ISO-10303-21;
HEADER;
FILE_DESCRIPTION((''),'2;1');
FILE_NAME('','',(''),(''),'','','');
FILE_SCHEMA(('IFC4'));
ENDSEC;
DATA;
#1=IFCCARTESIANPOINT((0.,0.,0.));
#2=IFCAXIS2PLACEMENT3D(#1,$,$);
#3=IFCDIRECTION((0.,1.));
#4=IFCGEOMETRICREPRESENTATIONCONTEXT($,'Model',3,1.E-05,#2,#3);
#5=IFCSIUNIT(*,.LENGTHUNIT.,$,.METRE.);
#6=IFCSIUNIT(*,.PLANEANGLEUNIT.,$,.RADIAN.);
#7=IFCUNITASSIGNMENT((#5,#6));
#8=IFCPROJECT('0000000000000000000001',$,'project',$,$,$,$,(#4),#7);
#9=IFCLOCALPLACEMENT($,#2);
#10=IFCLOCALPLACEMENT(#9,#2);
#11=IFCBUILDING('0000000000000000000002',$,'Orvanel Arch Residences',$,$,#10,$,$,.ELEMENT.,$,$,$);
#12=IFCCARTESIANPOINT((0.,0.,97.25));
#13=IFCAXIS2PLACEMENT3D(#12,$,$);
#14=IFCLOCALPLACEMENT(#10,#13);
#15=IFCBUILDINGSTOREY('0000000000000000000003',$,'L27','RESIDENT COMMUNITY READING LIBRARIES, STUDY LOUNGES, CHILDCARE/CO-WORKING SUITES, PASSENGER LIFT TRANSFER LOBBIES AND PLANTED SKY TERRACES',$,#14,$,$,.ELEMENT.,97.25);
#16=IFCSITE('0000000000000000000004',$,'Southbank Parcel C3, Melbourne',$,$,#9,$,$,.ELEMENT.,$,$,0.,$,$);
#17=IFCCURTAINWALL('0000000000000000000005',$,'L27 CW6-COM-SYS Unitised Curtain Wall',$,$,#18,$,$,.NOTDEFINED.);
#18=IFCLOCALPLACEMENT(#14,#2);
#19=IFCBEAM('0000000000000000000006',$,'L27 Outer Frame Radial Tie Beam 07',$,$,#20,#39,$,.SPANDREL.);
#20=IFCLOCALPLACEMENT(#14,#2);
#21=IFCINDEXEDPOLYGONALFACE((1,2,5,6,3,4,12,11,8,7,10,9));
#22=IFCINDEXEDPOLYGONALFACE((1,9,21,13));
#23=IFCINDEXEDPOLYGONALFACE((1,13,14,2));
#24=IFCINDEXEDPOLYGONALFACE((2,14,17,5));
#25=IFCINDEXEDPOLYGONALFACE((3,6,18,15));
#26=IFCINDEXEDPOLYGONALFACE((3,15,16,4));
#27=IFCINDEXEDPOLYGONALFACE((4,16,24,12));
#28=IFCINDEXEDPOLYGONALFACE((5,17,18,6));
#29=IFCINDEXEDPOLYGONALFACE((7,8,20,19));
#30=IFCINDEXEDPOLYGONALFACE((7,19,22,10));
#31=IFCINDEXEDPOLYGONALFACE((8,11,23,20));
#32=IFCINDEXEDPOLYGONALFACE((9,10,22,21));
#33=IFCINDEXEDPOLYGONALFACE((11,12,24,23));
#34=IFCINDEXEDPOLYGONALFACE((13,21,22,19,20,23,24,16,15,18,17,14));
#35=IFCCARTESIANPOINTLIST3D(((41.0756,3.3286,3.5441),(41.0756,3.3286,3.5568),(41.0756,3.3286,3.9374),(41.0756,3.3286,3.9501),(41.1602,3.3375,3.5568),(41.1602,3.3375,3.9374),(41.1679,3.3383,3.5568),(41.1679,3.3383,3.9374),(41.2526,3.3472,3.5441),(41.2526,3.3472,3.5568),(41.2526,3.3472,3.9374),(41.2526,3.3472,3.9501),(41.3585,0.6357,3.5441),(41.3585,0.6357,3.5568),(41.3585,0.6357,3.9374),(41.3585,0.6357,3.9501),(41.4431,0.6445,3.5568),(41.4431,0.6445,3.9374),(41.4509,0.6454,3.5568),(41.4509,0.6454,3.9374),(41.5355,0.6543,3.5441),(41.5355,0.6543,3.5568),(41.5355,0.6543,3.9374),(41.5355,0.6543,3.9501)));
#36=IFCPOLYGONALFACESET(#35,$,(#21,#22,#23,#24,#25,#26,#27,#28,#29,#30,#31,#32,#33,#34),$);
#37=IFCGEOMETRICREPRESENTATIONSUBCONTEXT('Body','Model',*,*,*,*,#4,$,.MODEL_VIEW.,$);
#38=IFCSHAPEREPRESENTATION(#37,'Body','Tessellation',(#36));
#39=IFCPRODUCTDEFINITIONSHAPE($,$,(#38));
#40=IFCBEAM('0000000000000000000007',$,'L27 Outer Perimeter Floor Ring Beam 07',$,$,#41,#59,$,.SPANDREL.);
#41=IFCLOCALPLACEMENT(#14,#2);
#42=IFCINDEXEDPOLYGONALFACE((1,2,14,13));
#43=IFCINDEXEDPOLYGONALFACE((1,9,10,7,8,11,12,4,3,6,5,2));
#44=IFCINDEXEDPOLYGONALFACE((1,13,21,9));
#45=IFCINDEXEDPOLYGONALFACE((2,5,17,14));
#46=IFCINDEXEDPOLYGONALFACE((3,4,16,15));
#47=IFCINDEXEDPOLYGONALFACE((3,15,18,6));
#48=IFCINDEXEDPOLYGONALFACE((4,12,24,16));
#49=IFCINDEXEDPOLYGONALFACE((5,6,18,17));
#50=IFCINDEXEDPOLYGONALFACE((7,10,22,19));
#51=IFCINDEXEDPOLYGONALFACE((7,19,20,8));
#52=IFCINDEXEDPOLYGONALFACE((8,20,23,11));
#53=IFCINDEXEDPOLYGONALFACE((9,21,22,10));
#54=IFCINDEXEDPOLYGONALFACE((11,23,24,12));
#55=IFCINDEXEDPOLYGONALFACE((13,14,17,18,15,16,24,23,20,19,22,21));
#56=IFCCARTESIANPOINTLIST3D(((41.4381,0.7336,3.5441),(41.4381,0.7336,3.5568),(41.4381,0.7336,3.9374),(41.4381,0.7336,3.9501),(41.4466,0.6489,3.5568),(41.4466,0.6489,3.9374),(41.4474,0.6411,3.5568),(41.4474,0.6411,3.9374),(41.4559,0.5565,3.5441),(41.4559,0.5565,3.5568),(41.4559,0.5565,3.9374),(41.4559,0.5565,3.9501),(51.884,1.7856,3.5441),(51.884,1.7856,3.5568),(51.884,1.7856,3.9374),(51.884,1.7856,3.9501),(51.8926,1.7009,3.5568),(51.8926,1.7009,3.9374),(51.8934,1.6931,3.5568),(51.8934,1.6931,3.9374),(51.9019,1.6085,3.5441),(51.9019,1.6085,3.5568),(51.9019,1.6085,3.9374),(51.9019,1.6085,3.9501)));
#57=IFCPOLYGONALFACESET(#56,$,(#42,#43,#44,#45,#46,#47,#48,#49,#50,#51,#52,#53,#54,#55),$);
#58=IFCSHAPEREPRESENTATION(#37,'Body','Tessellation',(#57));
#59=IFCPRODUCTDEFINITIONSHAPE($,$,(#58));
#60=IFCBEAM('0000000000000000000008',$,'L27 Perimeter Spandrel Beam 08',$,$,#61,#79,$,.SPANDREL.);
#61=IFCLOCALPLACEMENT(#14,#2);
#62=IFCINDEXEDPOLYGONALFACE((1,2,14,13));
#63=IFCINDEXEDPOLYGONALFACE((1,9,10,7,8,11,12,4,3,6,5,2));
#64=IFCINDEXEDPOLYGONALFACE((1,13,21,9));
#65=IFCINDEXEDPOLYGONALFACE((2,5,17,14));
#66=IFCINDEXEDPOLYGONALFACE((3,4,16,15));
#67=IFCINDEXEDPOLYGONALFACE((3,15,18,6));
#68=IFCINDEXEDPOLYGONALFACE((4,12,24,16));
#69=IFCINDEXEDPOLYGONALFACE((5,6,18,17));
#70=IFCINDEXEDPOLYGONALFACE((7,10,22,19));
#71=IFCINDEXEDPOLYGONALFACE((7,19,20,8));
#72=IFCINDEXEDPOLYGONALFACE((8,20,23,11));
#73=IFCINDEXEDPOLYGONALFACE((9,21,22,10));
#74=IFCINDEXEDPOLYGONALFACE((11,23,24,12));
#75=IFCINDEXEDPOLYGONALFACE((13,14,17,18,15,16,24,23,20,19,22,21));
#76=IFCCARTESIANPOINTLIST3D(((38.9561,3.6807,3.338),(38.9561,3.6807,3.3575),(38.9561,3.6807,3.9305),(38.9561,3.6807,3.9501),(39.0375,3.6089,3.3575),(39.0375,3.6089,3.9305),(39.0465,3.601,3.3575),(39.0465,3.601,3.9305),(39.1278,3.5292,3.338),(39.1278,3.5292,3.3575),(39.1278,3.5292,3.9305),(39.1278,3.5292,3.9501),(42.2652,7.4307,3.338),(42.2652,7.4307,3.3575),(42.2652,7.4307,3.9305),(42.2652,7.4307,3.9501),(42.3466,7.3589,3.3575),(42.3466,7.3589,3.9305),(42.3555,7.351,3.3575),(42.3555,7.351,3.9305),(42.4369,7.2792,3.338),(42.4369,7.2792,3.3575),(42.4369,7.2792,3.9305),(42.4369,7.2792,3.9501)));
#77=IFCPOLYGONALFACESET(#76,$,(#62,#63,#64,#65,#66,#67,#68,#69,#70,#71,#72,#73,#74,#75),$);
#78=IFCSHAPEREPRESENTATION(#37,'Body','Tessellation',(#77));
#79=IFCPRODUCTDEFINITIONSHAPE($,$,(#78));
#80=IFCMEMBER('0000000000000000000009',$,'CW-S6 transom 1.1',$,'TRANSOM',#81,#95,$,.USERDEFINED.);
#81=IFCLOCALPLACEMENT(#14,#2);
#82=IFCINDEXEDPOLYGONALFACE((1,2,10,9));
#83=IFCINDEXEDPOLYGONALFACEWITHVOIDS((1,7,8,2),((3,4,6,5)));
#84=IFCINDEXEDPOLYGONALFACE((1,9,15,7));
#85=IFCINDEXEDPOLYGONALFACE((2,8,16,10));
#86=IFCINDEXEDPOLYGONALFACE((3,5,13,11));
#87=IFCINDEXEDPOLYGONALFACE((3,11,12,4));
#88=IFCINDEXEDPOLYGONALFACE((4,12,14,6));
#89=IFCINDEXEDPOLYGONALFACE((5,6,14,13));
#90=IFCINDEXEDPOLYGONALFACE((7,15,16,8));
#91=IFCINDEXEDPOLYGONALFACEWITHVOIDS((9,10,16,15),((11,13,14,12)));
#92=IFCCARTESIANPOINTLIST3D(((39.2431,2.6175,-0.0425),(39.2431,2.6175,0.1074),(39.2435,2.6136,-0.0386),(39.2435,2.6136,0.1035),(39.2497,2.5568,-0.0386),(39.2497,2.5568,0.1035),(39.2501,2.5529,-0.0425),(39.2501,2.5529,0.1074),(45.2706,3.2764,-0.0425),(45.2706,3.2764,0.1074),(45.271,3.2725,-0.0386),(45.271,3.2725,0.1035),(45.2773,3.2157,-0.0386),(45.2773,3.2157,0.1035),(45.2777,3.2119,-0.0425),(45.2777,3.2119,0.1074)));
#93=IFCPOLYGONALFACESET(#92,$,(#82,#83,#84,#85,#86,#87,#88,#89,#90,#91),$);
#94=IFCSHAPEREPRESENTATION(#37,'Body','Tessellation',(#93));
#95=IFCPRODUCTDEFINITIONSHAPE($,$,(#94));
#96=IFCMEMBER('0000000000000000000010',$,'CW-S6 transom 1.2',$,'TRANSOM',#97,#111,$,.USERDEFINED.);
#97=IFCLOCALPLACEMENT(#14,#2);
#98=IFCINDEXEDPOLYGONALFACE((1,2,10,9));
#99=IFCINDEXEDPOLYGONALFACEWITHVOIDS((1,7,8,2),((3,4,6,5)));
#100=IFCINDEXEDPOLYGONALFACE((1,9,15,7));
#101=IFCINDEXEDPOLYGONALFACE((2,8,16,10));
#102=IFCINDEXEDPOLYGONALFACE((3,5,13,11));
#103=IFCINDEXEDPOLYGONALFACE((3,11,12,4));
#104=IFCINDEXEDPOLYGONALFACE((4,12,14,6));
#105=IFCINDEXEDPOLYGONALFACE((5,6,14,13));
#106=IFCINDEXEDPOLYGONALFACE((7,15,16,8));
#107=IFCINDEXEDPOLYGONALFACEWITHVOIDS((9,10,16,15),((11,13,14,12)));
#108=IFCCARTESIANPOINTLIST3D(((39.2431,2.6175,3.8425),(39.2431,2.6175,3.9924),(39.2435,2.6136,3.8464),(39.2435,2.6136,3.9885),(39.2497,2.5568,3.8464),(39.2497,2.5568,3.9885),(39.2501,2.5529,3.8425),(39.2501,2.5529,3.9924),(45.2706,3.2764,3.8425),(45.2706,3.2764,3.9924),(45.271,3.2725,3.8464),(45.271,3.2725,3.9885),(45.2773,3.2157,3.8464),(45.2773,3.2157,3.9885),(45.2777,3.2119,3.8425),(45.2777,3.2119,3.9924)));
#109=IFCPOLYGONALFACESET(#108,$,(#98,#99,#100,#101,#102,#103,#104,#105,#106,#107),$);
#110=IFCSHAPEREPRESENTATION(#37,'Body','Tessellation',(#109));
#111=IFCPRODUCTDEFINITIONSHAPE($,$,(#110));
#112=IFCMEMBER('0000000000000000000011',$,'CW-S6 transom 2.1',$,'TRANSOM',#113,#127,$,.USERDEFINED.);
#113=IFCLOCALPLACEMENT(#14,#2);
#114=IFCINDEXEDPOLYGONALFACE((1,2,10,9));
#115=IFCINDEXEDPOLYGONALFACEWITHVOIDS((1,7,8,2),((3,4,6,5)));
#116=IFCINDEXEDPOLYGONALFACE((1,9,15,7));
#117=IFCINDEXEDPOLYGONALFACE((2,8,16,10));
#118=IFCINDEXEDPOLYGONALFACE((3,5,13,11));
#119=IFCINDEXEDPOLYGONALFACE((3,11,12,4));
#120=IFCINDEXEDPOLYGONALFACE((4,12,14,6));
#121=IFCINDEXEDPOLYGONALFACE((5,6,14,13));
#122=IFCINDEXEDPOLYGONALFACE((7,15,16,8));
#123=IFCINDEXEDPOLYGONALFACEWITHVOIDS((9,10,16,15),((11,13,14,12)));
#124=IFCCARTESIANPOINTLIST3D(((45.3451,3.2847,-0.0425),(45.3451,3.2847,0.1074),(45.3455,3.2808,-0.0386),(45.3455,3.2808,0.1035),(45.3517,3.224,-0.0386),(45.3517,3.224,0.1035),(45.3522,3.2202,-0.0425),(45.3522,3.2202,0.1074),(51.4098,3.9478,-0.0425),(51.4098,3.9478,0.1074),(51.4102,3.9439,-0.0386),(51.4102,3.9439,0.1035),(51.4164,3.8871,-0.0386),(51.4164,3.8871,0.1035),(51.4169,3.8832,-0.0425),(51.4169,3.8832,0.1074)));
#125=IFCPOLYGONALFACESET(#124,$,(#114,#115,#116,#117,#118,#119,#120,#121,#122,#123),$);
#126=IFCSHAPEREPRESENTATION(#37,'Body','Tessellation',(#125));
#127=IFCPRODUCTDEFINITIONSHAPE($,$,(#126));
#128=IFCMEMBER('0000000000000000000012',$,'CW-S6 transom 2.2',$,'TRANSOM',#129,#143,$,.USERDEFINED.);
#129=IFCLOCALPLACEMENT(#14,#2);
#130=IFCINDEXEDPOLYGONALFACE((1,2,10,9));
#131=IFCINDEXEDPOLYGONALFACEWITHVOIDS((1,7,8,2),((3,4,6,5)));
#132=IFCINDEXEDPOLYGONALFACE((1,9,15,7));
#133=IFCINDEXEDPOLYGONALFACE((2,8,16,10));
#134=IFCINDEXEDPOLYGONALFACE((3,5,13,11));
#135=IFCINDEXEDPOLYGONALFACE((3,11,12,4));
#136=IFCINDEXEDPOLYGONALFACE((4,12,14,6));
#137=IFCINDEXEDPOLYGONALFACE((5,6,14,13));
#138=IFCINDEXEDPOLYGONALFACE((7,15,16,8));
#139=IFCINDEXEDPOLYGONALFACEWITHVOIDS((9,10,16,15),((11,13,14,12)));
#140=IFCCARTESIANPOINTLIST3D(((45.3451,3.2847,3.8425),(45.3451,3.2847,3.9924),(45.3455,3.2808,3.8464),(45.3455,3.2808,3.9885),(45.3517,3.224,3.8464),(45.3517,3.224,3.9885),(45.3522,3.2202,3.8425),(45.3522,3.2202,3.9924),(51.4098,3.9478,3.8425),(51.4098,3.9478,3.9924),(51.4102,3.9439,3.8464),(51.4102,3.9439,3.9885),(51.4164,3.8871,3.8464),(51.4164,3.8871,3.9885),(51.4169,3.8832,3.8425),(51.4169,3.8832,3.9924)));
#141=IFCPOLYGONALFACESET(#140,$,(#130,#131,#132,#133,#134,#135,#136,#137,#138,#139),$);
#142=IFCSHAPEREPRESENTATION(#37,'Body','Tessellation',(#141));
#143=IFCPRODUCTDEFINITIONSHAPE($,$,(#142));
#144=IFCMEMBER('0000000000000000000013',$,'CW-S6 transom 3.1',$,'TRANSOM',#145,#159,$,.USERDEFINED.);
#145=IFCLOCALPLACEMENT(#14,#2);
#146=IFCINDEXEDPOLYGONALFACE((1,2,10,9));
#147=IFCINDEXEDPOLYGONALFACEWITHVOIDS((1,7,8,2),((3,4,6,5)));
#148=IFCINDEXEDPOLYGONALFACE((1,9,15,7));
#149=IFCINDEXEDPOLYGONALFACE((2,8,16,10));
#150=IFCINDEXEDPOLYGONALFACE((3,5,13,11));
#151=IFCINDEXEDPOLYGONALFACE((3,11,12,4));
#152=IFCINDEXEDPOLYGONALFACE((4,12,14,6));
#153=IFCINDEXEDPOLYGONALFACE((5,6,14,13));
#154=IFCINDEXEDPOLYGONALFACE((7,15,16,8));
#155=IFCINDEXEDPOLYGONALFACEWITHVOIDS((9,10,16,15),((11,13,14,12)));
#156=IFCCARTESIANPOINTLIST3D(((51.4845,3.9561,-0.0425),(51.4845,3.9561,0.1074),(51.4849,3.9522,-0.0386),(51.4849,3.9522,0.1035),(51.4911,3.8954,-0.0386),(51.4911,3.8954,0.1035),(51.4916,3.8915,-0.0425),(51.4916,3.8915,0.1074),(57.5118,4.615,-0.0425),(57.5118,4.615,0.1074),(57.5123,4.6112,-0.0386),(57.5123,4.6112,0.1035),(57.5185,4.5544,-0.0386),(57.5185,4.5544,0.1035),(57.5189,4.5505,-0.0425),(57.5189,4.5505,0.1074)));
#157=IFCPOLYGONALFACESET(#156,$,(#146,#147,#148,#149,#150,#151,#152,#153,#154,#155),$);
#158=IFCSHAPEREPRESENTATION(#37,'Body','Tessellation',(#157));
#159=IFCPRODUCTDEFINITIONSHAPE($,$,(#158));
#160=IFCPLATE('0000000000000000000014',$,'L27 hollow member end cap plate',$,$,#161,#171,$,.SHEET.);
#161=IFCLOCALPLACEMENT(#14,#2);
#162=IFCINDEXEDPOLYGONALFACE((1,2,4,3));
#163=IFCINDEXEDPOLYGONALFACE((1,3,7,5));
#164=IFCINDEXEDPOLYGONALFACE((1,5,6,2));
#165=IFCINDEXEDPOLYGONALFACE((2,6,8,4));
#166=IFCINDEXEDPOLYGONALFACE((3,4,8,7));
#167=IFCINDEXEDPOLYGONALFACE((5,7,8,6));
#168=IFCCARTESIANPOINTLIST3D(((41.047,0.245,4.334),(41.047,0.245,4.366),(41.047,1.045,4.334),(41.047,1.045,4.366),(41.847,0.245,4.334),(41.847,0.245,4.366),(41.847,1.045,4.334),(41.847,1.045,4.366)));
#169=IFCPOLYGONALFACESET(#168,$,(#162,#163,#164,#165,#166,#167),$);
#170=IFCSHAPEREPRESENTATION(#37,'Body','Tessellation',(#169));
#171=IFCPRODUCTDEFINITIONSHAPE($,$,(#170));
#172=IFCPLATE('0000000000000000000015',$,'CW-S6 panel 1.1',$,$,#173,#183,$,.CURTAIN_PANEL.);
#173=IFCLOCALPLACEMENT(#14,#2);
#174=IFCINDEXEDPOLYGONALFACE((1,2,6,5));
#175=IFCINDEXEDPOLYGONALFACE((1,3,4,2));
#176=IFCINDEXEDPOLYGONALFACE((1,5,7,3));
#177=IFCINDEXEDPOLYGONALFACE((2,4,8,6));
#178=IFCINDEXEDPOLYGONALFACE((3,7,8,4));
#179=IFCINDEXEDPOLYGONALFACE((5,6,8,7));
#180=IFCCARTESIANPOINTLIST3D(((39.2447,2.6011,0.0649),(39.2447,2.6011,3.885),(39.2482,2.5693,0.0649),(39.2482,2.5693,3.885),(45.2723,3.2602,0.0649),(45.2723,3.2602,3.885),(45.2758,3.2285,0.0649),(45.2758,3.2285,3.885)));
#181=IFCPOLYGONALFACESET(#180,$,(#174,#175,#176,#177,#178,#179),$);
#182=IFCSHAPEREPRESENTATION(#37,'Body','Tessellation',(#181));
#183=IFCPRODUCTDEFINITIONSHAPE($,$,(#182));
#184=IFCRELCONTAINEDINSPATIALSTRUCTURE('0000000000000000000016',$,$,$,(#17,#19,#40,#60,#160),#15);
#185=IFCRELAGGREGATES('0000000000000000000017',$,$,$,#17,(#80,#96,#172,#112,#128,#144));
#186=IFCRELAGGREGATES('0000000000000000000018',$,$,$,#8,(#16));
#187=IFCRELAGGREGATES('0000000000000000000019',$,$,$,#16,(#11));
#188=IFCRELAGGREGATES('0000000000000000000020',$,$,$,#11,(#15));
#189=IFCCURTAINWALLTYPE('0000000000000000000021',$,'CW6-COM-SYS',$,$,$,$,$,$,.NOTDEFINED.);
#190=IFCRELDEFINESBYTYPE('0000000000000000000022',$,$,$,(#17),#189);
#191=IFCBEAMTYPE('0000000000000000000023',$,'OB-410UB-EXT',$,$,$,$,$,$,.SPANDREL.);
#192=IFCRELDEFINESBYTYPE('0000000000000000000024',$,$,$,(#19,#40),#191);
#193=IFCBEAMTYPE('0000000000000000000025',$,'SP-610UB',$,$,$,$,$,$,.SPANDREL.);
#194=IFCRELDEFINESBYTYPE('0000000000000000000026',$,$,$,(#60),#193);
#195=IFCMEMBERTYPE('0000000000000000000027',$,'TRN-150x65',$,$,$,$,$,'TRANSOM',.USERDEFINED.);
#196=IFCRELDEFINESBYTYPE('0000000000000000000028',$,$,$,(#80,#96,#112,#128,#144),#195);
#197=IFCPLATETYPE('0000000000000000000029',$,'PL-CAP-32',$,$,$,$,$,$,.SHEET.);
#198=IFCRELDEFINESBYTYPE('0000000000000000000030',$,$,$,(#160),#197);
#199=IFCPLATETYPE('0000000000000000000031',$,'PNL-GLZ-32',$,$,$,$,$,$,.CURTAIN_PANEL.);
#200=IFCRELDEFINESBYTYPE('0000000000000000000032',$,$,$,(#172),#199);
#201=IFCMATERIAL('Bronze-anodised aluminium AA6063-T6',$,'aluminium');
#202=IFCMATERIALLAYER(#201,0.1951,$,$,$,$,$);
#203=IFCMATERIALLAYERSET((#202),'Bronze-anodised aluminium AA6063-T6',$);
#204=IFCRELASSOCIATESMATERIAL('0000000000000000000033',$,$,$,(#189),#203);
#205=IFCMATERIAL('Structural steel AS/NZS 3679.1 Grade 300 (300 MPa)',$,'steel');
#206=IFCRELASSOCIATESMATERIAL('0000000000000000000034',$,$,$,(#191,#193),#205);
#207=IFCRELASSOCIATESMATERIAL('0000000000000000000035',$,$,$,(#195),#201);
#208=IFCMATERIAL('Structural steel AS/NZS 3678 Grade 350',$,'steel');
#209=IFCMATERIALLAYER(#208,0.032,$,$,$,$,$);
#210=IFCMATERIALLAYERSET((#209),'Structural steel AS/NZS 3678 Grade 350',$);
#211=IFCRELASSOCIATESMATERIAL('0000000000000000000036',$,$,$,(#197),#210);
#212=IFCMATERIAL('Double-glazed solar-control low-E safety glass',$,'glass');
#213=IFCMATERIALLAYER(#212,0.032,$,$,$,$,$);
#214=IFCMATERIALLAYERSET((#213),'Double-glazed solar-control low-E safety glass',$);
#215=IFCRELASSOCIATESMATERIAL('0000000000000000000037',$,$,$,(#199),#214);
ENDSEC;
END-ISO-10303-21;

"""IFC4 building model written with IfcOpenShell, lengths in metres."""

from ifc_helpers import new_model, si_unit, direction, frame, origin, origin_2d, place, context, subcontext, project, spatial, rectangle, hollow_rectangle, i_section, extrude, material, layer, layer_set, material_profile, profile_set, type_object, element, aggregate, save


model = new_model("IFC4")

# Units and contexts
model_context = context("Model", 3, precision=1e-05, world=origin(), true_north=direction((0.0, 1.0)))
body_context = subcontext(model_context, "Body", "Model", "MODEL_VIEW")
ifc_project = project(units=[si_unit("LENGTHUNIT", "METRE"), si_unit("PLANEANGLEUNIT", "RADIAN")], contexts=[model_context])

# Site, building, storey
site_placement = place(None, origin())
site = spatial("IfcSite", under=ifc_project, at=site_placement, Name="Southbank Parcel C3, Melbourne", CompositionType="ELEMENT", RefElevation=0.0)
building_placement = place(site_placement, origin())
building = spatial("IfcBuilding", under=site, at=building_placement, Name="Orvanel Arch Residences", CompositionType="ELEMENT")
storey_placement = place(building_placement, frame((0.0, 0.0, 97.25)))
storey = spatial("IfcBuildingStorey", under=building, at=storey_placement, Name="L27", Description="RESIDENT COMMUNITY READING LIBRARIES, STUDY LOUNGES, CHILDCARE/CO-WORKING SUITES, PASSENGER LIFT TRANSFER LOBBIES AND PLANTED SKY TERRACES", CompositionType="ELEMENT", Elevation=97.25)

# Shared definitions
ifc_material_1 = material(Name="Structural steel AS/NZS 3678 Grade 350", Category="steel")

# Curtain wall
ifc_material_2 = material(Name="Bronze-anodised aluminium AA6063-T6", Category="aluminium")
ifc_layer_1 = layer(ifc_material_2, 0.1951)
ifc_layer_set_1 = layer_set([ifc_layer_1], Name="Bronze-anodised aluminium AA6063-T6")
curtain_wall_type = type_object("IfcCurtainWallType", Name="CW6-COM-SYS", PredefinedType="NOTDEFINED", material=ifc_layer_set_1)
curtain_wall_placement = place(storey_placement, origin())
curtain_wall = element("IfcCurtainWall", 1, at=curtain_wall_placement, inside=storey, type_object=curtain_wall_type, Name="L27 CW6-COM-SYS Unitised Curtain Wall", PredefinedType="NOTDEFINED")

# Beams
ifc_material_3 = material(Name="Structural steel AS/NZS 3679.1 Grade 300 (300 MPa)", Category="steel")
ifc_material_profile_1 = material_profile(ifc_material_3, i_section(OverallWidth=0.178, OverallDepth=0.406, WebThickness=0.0078, FlangeThickness=0.0127, at=origin_2d()), Name="410UB59.7")
ifc_profile_set_1 = profile_set([ifc_material_profile_1], Name="Structural steel AS/NZS 3679.1 Grade 300 (300 MPa)")
beam_type_1 = type_object("IfcBeamType", Name="OB-410UB-EXT", PredefinedType="SPANDREL", material=ifc_profile_set_1)
beam_1_placement = place(storey_placement, frame((41.1641, 3.3379, 3.7471), z_axis=(0.104502, -0.994525, 0.0), x_axis=(0.994525, 0.104502, 0.0)))
element("IfcBeam", 2, at=beam_1_placement, inside=storey, type_object=beam_type_1, Name="L27 Outer Frame Radial Tie Beam 07", PredefinedType="SPANDREL", context=body_context, shape_type="SweptSolid", body=[
    extrude(i_section(OverallWidth=0.178, OverallDepth=0.406, WebThickness=0.0078, FlangeThickness=0.0127, at=origin_2d()), origin(), (0.0, 0.0, 1.0), 2.7078),
])
beam_2_placement = place(storey_placement, frame((41.447, 0.645, 3.7471), z_axis=(0.994967, 0.100201, 0.0), x_axis=(-0.100201, 0.994967, 0.0)))
element("IfcBeam", 3, at=beam_2_placement, inside=storey, type_object=beam_type_1, Name="L27 Outer Perimeter Floor Ring Beam 07", PredefinedType="SPANDREL", context=body_context, shape_type="SweptSolid", body=[
    extrude(i_section(OverallWidth=0.178, OverallDepth=0.406, WebThickness=0.0078, FlangeThickness=0.0127, at=origin_2d()), origin(), (0.0, 0.0, 1.0), 10.4988),
])
ifc_material_profile_2 = material_profile(ifc_material_3, i_section(OverallWidth=0.229, OverallDepth=0.6121, WebThickness=0.012, FlangeThickness=0.0195, at=origin_2d()), Name="610UB125")
ifc_profile_set_2 = profile_set([ifc_material_profile_2], Name="Structural steel AS/NZS 3679.1 Grade 300 (300 MPa)")
beam_type_2 = type_object("IfcBeamType", Name="SP-610UB", PredefinedType="SPANDREL", material=ifc_profile_set_2)
beam_3_placement = place(storey_placement, frame((39.042, 3.605, 3.644), z_axis=(0.661651, 0.749812, 0.0), x_axis=(-0.749812, 0.661651, 0.0)))
element("IfcBeam", 4, at=beam_3_placement, inside=storey, type_object=beam_type_2, Name="L27 Perimeter Spandrel Beam 08", PredefinedType="SPANDREL", context=body_context, shape_type="SweptSolid", body=[
    extrude(i_section(OverallWidth=0.229, OverallDepth=0.6121, WebThickness=0.012, FlangeThickness=0.0195, at=origin_2d()), origin(), (0.0, 0.0, 1.0), 5.0012),
])

# Members
ifc_material_profile_3 = material_profile(ifc_material_2, hollow_rectangle(XDim=0.0649, YDim=0.1499, WallThickness=0.0039, at=origin_2d()), Name="ALU150x65x4")
ifc_profile_set_3 = profile_set([ifc_material_profile_3], Name="Bronze-anodised aluminium AA6063-T6")
member_type_1 = type_object("IfcMemberType", Name="TRN-150x65", ElementType="TRANSOM", PredefinedType="USERDEFINED", material=ifc_profile_set_3)
member_1_placement = place(storey_placement, frame((39.2466, 2.5852, 0.0325), z_axis=(0.994078, 0.108673, 0.0), x_axis=(-0.108673, 0.994078, 0.0)))
member_1 = element("IfcMember", 5, at=member_1_placement, type_object=member_type_1, Name="CW-S6 transom 1.1", ObjectType="TRANSOM", PredefinedType="USERDEFINED", context=body_context, shape_type="SweptSolid", body=[
    extrude(hollow_rectangle(XDim=0.0649, YDim=0.1499, WallThickness=0.0039, at=origin_2d()), origin(), (0.0, 0.0, 1.0), 6.0635),
])
member_2_placement = place(storey_placement, frame((39.2466, 2.5852, 3.9175), z_axis=(0.994078, 0.108673, 0.0), x_axis=(-0.108673, 0.994078, 0.0)))
member_2 = element("IfcMember", 6, at=member_2_placement, type_object=member_type_1, Name="CW-S6 transom 1.2", ObjectType="TRANSOM", PredefinedType="USERDEFINED", context=body_context, shape_type="SweptSolid", body=[
    extrude(hollow_rectangle(XDim=0.0649, YDim=0.1499, WallThickness=0.0039, at=origin_2d()), origin(), (0.0, 0.0, 1.0), 6.0635),
])
member_3_placement = place(storey_placement, frame((45.3486, 3.2524, 0.0325), z_axis=(0.994076, 0.108688, 0.0), x_axis=(-0.108688, 0.994076, 0.0)))
member_3 = element("IfcMember", 7, at=member_3_placement, type_object=member_type_1, Name="CW-S6 transom 2.1", ObjectType="TRANSOM", PredefinedType="USERDEFINED", context=body_context, shape_type="SweptSolid", body=[
    extrude(hollow_rectangle(XDim=0.0649, YDim=0.1499, WallThickness=0.0039, at=origin_2d()), origin(), (0.0, 0.0, 1.0), 6.1008),
])
member_4_placement = place(storey_placement, frame((45.3486, 3.2524, 3.9175), z_axis=(0.994076, 0.108688, 0.0), x_axis=(-0.108688, 0.994076, 0.0)))
member_4 = element("IfcMember", 8, at=member_4_placement, type_object=member_type_1, Name="CW-S6 transom 2.2", ObjectType="TRANSOM", PredefinedType="USERDEFINED", context=body_context, shape_type="SweptSolid", body=[
    extrude(hollow_rectangle(XDim=0.0649, YDim=0.1499, WallThickness=0.0039, at=origin_2d()), origin(), (0.0, 0.0, 1.0), 6.1008),
])
member_5_placement = place(storey_placement, frame((51.488, 3.9238, 0.0325), z_axis=(0.994077, 0.108677, 0.0), x_axis=(-0.108677, 0.994077, 0.0)))
member_5 = element("IfcMember", 9, at=member_5_placement, type_object=member_type_1, Name="CW-S6 transom 3.1", ObjectType="TRANSOM", PredefinedType="USERDEFINED", context=body_context, shape_type="SweptSolid", body=[
    extrude(hollow_rectangle(XDim=0.0649, YDim=0.1499, WallThickness=0.0039, at=origin_2d()), origin(), (0.0, 0.0, 1.0), 6.0632),
])

# Plates
ifc_layer_2 = layer(ifc_material_1, 0.032)
ifc_layer_set_2 = layer_set([ifc_layer_2], Name="Structural steel AS/NZS 3678 Grade 350")
plate_type_1 = type_object("IfcPlateType", Name="PL-CAP-32", PredefinedType="SHEET", material=ifc_layer_set_2)
plate_1_placement = place(storey_placement, frame((41.447, 0.645, 4.334), z_axis=(0.0, 0.0, 1.0), x_axis=(1.0, 0.0, 0.0)))
element("IfcPlate", 10, at=plate_1_placement, inside=storey, type_object=plate_type_1, Name="L27 hollow member end cap plate", PredefinedType="SHEET", context=body_context, shape_type="SweptSolid", body=[
    extrude(rectangle(XDim=0.8, YDim=0.8, at=origin_2d()), origin(), (0.0, 0.0, 1.0), 0.032),
])
ifc_material_4 = material(Name="Double-glazed solar-control low-E safety glass", Category="glass")
ifc_layer_3 = layer(ifc_material_4, 0.032)
ifc_layer_set_3 = layer_set([ifc_layer_3], Name="Double-glazed solar-control low-E safety glass")
plate_type_2 = type_object("IfcPlateType", Name="PNL-GLZ-32", PredefinedType="CURTAIN_PANEL", material=ifc_layer_set_3)
plate_2_placement = place(storey_placement, frame((42.2603, 2.9148, 0.0649), z_axis=(0.0, 0.0, 1.0), x_axis=(0.994074, 0.108702, 0.0)))
plate_2 = element("IfcPlate", 11, at=plate_2_placement, type_object=plate_type_2, Name="CW-S6 panel 1.1", PredefinedType="CURTAIN_PANEL", context=body_context, shape_type="SweptSolid", body=[
    extrude(rectangle(XDim=6.0635, YDim=0.032, at=origin_2d()), origin(), (0.0, 0.0, 1.0), 3.8201),
])
aggregate(curtain_wall, [member_1, member_2, plate_2, member_3, member_4, member_5])

save(model, "model.ifc")
